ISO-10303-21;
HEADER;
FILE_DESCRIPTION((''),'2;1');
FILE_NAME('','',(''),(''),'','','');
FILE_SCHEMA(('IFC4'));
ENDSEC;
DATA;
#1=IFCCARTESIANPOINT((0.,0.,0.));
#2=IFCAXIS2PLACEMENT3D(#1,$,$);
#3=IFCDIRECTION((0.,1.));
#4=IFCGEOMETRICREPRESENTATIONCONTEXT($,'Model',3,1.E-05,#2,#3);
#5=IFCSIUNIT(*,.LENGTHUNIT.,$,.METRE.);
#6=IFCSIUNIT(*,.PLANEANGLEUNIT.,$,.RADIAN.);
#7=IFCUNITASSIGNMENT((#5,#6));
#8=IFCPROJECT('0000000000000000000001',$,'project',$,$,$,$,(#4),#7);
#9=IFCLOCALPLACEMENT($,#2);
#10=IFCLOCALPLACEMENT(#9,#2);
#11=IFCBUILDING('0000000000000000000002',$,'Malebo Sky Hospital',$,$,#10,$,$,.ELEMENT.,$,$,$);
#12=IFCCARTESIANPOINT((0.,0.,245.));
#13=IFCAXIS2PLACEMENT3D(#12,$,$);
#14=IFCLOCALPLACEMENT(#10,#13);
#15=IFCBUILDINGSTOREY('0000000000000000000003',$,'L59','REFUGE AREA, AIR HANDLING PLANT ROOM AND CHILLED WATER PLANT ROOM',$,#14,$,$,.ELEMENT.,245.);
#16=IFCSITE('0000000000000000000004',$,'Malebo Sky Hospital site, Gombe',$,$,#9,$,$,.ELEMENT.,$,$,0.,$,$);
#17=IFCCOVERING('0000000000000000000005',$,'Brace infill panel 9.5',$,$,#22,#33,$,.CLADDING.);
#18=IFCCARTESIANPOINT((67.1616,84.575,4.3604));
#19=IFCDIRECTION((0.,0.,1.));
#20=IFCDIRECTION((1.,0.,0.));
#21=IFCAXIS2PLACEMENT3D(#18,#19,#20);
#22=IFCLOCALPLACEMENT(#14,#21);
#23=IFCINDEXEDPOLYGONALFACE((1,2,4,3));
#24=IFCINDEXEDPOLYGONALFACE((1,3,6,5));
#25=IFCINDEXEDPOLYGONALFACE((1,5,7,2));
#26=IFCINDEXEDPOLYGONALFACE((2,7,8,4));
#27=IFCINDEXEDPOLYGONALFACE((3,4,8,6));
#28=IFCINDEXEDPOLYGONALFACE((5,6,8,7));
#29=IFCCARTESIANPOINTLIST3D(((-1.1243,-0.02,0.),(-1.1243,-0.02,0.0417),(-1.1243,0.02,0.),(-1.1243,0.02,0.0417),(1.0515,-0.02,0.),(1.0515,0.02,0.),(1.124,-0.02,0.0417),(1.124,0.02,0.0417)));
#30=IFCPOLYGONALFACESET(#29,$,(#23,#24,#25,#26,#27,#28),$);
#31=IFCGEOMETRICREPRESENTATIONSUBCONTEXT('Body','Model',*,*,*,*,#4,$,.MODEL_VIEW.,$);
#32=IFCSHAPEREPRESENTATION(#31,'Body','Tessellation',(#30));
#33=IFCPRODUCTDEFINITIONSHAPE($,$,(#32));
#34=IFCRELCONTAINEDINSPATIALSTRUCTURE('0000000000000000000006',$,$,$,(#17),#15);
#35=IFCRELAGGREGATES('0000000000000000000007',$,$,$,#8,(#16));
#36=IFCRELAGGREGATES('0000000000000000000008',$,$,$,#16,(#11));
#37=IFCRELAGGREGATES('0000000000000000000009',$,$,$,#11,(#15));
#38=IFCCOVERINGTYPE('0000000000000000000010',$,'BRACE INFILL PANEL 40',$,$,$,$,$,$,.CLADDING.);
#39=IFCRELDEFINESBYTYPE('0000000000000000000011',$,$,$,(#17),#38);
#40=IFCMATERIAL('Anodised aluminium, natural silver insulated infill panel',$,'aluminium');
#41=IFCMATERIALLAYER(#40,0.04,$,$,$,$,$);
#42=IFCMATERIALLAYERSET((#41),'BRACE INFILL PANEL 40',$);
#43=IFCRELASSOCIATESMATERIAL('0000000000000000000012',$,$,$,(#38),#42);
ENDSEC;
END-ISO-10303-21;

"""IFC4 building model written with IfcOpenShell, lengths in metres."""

from ifc_helpers import new_model, si_unit, direction, frame, origin, place, context, subcontext, project, spatial, polyline, outline, extrude, material, layer, layer_set, type_object, element, save


model = new_model("IFC4")

# Units and contexts
model_context = context("Model", 3, precision=1e-05, world=origin(), true_north=direction((0.0, 1.0)))
body_context = subcontext(model_context, "Body", "Model", "MODEL_VIEW")
ifc_project = project(units=[si_unit("LENGTHUNIT", "METRE"), si_unit("PLANEANGLEUNIT", "RADIAN")], contexts=[model_context])

# Site, building, storey
site_placement = place(None, origin())
site = spatial("IfcSite", under=ifc_project, at=site_placement, Name="Malebo Sky Hospital site, Gombe", CompositionType="ELEMENT", RefElevation=0.0)
building_placement = place(site_placement, origin())
building = spatial("IfcBuilding", under=site, at=building_placement, Name="Malebo Sky Hospital", CompositionType="ELEMENT")
storey_placement = place(building_placement, frame((0.0, 0.0, 245.0)))
storey = spatial("IfcBuildingStorey", under=building, at=storey_placement, Name="L59", Description="REFUGE AREA, AIR HANDLING PLANT ROOM AND CHILLED WATER PLANT ROOM", CompositionType="ELEMENT", Elevation=245.0)

# Covering
ifc_material_1 = material(Name="Anodised aluminium, natural silver insulated infill panel", Category="aluminium")
ifc_layer_1 = layer(ifc_material_1, 0.04)
ifc_layer_set_1 = layer_set([ifc_layer_1], Name="BRACE INFILL PANEL 40")
covering_type = type_object("IfcCoveringType", Name="BRACE INFILL PANEL 40", PredefinedType="CLADDING", material=ifc_layer_set_1)
covering_1_placement = place(storey_placement, frame((67.1616, 84.575, 4.3604), z_axis=(0.0, 0.0, 1.0), x_axis=(1.0, 0.0, 0.0)))
element("IfcCovering", 1, at=covering_1_placement, inside=storey, type_object=covering_type, Name="Brace infill panel 9.5", PredefinedType="CLADDING", context=body_context, shape_type="SweptSolid", body=[
    extrude(outline(polyline([(-1.1243, 0.0), (1.0515, 0.0), (1.124, 0.0417), (-1.1243, 0.0417), (-1.1243, 0.0)])), frame((0.0, 0.02, 0.0), z_axis=(0.0, -1.0, 0.0), x_axis=(1.0, 0.0, 0.0)), (0.0, 0.0, 1.0), 0.04),
])

save(model, "model.ifc")
